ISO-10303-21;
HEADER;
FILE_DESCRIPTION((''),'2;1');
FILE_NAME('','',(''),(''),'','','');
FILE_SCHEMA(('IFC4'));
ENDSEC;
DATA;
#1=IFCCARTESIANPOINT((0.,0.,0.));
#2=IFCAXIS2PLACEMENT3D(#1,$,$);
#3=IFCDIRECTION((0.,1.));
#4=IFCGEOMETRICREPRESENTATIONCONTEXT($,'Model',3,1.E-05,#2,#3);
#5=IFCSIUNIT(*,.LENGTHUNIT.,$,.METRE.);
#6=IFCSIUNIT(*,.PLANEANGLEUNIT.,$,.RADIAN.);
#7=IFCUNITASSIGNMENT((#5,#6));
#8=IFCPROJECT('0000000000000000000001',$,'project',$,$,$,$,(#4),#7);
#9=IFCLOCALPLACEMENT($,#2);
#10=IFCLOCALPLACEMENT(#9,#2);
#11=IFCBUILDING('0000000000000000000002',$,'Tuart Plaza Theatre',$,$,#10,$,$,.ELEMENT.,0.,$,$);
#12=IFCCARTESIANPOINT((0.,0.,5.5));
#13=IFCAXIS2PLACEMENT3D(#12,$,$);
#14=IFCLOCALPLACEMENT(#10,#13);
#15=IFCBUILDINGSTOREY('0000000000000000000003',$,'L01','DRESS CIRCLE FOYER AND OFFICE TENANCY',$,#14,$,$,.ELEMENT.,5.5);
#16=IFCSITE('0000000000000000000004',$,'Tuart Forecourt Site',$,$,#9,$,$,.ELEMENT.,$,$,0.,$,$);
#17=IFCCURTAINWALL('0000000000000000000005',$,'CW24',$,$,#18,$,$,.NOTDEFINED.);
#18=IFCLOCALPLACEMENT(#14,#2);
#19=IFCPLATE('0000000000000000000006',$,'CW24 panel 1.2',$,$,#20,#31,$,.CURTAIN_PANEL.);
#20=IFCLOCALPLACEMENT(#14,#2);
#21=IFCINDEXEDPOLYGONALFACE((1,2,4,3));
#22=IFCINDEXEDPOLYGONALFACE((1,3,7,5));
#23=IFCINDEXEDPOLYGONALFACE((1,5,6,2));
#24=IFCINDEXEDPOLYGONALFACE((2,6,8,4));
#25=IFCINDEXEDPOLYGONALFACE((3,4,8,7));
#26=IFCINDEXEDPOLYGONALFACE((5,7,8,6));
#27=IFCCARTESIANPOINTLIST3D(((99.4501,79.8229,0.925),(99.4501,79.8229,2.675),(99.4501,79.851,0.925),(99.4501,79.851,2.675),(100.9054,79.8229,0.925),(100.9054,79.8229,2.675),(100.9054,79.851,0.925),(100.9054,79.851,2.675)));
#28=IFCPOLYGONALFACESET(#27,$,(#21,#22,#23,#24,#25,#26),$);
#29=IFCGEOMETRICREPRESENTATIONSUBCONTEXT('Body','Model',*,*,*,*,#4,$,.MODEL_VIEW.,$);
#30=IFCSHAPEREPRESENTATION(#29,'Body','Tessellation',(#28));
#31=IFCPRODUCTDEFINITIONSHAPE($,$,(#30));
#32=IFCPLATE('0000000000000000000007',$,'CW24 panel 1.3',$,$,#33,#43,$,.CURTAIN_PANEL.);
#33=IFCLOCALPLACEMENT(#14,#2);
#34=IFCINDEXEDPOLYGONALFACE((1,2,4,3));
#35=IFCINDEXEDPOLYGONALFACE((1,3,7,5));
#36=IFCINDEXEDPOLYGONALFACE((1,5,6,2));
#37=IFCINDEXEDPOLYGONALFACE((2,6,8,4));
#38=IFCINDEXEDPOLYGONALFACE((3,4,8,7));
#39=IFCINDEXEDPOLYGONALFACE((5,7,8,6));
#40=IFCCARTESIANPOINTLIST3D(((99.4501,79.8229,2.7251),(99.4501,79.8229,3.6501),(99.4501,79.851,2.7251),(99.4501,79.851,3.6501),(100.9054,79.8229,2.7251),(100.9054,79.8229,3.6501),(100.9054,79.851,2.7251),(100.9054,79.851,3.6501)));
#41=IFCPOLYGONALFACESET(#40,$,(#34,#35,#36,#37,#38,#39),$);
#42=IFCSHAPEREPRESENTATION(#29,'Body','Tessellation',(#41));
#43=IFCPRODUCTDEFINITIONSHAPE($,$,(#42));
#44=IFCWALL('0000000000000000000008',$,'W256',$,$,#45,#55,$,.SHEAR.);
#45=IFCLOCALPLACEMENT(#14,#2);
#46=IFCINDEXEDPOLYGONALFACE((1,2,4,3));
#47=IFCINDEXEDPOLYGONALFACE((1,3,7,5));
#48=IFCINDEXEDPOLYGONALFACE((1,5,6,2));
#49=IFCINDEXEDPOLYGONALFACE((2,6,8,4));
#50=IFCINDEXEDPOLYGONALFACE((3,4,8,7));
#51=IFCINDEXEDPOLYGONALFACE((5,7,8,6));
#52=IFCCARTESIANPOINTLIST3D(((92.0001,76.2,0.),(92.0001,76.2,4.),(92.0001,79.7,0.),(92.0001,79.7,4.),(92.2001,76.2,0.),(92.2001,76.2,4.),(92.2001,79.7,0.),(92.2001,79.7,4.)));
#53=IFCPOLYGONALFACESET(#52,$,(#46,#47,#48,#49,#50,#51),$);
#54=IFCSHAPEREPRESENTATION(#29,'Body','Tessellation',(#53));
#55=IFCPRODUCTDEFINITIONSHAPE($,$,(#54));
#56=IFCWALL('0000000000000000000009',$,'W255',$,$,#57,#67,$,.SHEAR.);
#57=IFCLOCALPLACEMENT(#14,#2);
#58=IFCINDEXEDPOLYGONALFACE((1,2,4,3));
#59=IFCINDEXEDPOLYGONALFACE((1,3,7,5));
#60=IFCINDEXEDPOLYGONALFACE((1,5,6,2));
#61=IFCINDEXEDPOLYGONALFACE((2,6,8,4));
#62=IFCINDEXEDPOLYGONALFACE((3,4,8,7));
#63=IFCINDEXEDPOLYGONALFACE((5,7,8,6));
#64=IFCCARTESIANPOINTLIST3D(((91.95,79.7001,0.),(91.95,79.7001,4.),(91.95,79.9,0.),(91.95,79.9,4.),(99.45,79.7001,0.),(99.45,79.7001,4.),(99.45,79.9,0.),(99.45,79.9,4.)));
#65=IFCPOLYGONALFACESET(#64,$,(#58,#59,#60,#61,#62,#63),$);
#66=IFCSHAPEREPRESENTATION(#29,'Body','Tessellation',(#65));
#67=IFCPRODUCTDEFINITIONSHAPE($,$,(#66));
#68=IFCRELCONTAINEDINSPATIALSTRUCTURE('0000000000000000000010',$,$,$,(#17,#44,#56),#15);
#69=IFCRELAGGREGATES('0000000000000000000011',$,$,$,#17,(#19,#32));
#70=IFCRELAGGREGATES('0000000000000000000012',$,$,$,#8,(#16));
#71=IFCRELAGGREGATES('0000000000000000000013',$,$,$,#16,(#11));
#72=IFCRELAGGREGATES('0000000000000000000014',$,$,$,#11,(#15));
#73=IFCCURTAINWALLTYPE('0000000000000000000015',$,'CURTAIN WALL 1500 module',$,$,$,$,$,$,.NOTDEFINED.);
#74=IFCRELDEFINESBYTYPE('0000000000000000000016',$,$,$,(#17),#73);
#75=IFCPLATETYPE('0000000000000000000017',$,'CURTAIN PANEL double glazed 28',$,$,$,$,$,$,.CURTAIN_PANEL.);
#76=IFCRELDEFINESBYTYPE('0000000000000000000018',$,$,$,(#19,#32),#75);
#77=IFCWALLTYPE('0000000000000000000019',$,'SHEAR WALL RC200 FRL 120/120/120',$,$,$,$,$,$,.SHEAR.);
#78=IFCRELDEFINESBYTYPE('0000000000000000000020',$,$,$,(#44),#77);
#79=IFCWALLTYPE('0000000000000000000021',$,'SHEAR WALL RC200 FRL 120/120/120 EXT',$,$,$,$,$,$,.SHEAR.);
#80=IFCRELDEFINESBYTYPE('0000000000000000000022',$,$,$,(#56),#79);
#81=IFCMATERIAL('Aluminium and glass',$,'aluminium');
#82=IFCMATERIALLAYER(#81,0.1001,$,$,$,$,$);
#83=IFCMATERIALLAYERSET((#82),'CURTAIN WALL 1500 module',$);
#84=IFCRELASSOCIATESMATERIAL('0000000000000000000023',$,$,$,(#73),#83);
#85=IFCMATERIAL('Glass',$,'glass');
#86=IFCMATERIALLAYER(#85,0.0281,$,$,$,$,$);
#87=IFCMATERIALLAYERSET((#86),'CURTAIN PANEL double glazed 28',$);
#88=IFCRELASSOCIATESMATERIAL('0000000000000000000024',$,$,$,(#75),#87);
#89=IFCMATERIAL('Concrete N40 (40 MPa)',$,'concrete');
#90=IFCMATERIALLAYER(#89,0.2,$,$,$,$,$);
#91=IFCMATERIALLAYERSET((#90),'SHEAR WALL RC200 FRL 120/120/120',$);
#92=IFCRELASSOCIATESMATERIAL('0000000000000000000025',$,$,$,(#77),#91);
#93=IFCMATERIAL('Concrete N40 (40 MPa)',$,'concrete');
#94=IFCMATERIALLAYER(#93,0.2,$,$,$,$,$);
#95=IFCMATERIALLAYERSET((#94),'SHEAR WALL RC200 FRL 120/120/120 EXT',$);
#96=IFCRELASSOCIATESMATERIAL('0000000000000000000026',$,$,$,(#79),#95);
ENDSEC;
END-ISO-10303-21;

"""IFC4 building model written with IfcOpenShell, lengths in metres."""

from ifc_helpers import new_model, si_unit, direction, frame, frame_2d, origin, origin_2d, place, context, subcontext, project, spatial, rectangle, extrude, material, layer, layer_set, type_object, element, aggregate, save


model = new_model("IFC4")

# Units and contexts
model_context = context("Model", 3, precision=1e-05, world=origin(), true_north=direction((0.0, 1.0)))
body_context = subcontext(model_context, "Body", "Model", "MODEL_VIEW")
ifc_project = project(units=[si_unit("LENGTHUNIT", "METRE"), si_unit("PLANEANGLEUNIT", "RADIAN")], contexts=[model_context])

# Site, building, storey
site_placement = place(None, origin())
site = spatial("IfcSite", under=ifc_project, at=site_placement, Name="Tuart Forecourt Site", CompositionType="ELEMENT", RefElevation=0.0)
building_placement = place(site_placement, origin())
building = spatial("IfcBuilding", under=site, at=building_placement, Name="Tuart Plaza Theatre", CompositionType="ELEMENT", ElevationOfRefHeight=0.0)
storey_placement = place(building_placement, frame((0.0, 0.0, 5.5)))
storey = spatial("IfcBuildingStorey", under=building, at=storey_placement, Name="L01", Description="DRESS CIRCLE FOYER AND OFFICE TENANCY", CompositionType="ELEMENT", Elevation=5.5)

# Curtain wall
ifc_material_1 = material(Name="Aluminium and glass", Category="aluminium")
ifc_layer_1 = layer(ifc_material_1, 0.1001)
ifc_layer_set_1 = layer_set([ifc_layer_1], Name="CURTAIN WALL 1500 module")
curtain_wall_type = type_object("IfcCurtainWallType", Name="CURTAIN WALL 1500 module", PredefinedType="NOTDEFINED", material=ifc_layer_set_1)
curtain_wall_1_placement = place(storey_placement, origin())
curtain_wall_1 = element("IfcCurtainWall", 1, at=curtain_wall_1_placement, inside=storey, type_object=curtain_wall_type, Name="CW24", PredefinedType="NOTDEFINED")

# Plates
ifc_material_2 = material(Name="Glass", Category="glass")
ifc_layer_2 = layer(ifc_material_2, 0.0281)
ifc_layer_set_2 = layer_set([ifc_layer_2], Name="CURTAIN PANEL double glazed 28")
plate_type = type_object("IfcPlateType", Name="CURTAIN PANEL double glazed 28", PredefinedType="CURTAIN_PANEL", material=ifc_layer_set_2)
plate_1_placement = place(storey_placement, frame((100.1777, 79.8369, 0.925), z_axis=(0.0, 0.0, 1.0), x_axis=(1.0, 0.0, 0.0)))
plate_1 = element("IfcPlate", 2, at=plate_1_placement, type_object=plate_type, Name="CW24 panel 1.2", PredefinedType="CURTAIN_PANEL", context=body_context, shape_type="SweptSolid", body=[
    extrude(rectangle(XDim=1.4553, YDim=0.0281, at=origin_2d()), origin(), (0.0, 0.0, 1.0), 1.75),
])
plate_2_placement = place(storey_placement, frame((100.1777, 79.8369, 2.7251), z_axis=(0.0, 0.0, 1.0), x_axis=(1.0, 0.0, 0.0)))
plate_2 = element("IfcPlate", 3, at=plate_2_placement, type_object=plate_type, Name="CW24 panel 1.3", PredefinedType="CURTAIN_PANEL", context=body_context, shape_type="SweptSolid", body=[
    extrude(rectangle(XDim=1.4553, YDim=0.0281, at=origin_2d()), origin(), (0.0, 0.0, 1.0), 0.925),
])
aggregate(curtain_wall_1, [plate_1, plate_2])

# Walls
ifc_material_3 = material(Name="Concrete N40 (40 MPa)", Category="concrete")
ifc_layer_3 = layer(ifc_material_3, 0.2)
ifc_layer_set_3 = layer_set([ifc_layer_3], Name="SHEAR WALL RC200 FRL 120/120/120")
wall_type_1 = type_object("IfcWallType", Name="SHEAR WALL RC200 FRL 120/120/120", PredefinedType="SHEAR", material=ifc_layer_set_3)
wall_1_placement = place(storey_placement, frame((92.1001, 79.7, 0.0), z_axis=(0.0, 0.0, 1.0), x_axis=(0.0, -1.0, 0.0)))
element("IfcWall", 4, at=wall_1_placement, inside=storey, type_object=wall_type_1, Name="W256", PredefinedType="SHEAR", context=body_context, shape_type="SweptSolid", body=[
    extrude(rectangle(XDim=3.5, YDim=0.2, at=frame_2d((1.75, 0.0))), origin(), (0.0, 0.0, 1.0), 4.0),
])
ifc_material_4 = material(Name="Concrete N40 (40 MPa)", Category="concrete")
ifc_layer_4 = layer(ifc_material_4, 0.2)
ifc_layer_set_4 = layer_set([ifc_layer_4], Name="SHEAR WALL RC200 FRL 120/120/120 EXT")
wall_type_2 = type_object("IfcWallType", Name="SHEAR WALL RC200 FRL 120/120/120 EXT", PredefinedType="SHEAR", material=ifc_layer_set_4)
wall_2_placement = place(storey_placement, frame((99.45, 79.8, 0.0), z_axis=(0.0, 0.0, 1.0), x_axis=(-1.0, 0.0, 0.0)))
element("IfcWall", 5, at=wall_2_placement, inside=storey, type_object=wall_type_2, Name="W255", PredefinedType="SHEAR", context=body_context, shape_type="SweptSolid", body=[
    extrude(rectangle(XDim=7.5, YDim=0.2, at=frame_2d((3.75, 0.0))), origin(), (0.0, 0.0, 1.0), 4.0),
])

save(model, "model.ifc")
